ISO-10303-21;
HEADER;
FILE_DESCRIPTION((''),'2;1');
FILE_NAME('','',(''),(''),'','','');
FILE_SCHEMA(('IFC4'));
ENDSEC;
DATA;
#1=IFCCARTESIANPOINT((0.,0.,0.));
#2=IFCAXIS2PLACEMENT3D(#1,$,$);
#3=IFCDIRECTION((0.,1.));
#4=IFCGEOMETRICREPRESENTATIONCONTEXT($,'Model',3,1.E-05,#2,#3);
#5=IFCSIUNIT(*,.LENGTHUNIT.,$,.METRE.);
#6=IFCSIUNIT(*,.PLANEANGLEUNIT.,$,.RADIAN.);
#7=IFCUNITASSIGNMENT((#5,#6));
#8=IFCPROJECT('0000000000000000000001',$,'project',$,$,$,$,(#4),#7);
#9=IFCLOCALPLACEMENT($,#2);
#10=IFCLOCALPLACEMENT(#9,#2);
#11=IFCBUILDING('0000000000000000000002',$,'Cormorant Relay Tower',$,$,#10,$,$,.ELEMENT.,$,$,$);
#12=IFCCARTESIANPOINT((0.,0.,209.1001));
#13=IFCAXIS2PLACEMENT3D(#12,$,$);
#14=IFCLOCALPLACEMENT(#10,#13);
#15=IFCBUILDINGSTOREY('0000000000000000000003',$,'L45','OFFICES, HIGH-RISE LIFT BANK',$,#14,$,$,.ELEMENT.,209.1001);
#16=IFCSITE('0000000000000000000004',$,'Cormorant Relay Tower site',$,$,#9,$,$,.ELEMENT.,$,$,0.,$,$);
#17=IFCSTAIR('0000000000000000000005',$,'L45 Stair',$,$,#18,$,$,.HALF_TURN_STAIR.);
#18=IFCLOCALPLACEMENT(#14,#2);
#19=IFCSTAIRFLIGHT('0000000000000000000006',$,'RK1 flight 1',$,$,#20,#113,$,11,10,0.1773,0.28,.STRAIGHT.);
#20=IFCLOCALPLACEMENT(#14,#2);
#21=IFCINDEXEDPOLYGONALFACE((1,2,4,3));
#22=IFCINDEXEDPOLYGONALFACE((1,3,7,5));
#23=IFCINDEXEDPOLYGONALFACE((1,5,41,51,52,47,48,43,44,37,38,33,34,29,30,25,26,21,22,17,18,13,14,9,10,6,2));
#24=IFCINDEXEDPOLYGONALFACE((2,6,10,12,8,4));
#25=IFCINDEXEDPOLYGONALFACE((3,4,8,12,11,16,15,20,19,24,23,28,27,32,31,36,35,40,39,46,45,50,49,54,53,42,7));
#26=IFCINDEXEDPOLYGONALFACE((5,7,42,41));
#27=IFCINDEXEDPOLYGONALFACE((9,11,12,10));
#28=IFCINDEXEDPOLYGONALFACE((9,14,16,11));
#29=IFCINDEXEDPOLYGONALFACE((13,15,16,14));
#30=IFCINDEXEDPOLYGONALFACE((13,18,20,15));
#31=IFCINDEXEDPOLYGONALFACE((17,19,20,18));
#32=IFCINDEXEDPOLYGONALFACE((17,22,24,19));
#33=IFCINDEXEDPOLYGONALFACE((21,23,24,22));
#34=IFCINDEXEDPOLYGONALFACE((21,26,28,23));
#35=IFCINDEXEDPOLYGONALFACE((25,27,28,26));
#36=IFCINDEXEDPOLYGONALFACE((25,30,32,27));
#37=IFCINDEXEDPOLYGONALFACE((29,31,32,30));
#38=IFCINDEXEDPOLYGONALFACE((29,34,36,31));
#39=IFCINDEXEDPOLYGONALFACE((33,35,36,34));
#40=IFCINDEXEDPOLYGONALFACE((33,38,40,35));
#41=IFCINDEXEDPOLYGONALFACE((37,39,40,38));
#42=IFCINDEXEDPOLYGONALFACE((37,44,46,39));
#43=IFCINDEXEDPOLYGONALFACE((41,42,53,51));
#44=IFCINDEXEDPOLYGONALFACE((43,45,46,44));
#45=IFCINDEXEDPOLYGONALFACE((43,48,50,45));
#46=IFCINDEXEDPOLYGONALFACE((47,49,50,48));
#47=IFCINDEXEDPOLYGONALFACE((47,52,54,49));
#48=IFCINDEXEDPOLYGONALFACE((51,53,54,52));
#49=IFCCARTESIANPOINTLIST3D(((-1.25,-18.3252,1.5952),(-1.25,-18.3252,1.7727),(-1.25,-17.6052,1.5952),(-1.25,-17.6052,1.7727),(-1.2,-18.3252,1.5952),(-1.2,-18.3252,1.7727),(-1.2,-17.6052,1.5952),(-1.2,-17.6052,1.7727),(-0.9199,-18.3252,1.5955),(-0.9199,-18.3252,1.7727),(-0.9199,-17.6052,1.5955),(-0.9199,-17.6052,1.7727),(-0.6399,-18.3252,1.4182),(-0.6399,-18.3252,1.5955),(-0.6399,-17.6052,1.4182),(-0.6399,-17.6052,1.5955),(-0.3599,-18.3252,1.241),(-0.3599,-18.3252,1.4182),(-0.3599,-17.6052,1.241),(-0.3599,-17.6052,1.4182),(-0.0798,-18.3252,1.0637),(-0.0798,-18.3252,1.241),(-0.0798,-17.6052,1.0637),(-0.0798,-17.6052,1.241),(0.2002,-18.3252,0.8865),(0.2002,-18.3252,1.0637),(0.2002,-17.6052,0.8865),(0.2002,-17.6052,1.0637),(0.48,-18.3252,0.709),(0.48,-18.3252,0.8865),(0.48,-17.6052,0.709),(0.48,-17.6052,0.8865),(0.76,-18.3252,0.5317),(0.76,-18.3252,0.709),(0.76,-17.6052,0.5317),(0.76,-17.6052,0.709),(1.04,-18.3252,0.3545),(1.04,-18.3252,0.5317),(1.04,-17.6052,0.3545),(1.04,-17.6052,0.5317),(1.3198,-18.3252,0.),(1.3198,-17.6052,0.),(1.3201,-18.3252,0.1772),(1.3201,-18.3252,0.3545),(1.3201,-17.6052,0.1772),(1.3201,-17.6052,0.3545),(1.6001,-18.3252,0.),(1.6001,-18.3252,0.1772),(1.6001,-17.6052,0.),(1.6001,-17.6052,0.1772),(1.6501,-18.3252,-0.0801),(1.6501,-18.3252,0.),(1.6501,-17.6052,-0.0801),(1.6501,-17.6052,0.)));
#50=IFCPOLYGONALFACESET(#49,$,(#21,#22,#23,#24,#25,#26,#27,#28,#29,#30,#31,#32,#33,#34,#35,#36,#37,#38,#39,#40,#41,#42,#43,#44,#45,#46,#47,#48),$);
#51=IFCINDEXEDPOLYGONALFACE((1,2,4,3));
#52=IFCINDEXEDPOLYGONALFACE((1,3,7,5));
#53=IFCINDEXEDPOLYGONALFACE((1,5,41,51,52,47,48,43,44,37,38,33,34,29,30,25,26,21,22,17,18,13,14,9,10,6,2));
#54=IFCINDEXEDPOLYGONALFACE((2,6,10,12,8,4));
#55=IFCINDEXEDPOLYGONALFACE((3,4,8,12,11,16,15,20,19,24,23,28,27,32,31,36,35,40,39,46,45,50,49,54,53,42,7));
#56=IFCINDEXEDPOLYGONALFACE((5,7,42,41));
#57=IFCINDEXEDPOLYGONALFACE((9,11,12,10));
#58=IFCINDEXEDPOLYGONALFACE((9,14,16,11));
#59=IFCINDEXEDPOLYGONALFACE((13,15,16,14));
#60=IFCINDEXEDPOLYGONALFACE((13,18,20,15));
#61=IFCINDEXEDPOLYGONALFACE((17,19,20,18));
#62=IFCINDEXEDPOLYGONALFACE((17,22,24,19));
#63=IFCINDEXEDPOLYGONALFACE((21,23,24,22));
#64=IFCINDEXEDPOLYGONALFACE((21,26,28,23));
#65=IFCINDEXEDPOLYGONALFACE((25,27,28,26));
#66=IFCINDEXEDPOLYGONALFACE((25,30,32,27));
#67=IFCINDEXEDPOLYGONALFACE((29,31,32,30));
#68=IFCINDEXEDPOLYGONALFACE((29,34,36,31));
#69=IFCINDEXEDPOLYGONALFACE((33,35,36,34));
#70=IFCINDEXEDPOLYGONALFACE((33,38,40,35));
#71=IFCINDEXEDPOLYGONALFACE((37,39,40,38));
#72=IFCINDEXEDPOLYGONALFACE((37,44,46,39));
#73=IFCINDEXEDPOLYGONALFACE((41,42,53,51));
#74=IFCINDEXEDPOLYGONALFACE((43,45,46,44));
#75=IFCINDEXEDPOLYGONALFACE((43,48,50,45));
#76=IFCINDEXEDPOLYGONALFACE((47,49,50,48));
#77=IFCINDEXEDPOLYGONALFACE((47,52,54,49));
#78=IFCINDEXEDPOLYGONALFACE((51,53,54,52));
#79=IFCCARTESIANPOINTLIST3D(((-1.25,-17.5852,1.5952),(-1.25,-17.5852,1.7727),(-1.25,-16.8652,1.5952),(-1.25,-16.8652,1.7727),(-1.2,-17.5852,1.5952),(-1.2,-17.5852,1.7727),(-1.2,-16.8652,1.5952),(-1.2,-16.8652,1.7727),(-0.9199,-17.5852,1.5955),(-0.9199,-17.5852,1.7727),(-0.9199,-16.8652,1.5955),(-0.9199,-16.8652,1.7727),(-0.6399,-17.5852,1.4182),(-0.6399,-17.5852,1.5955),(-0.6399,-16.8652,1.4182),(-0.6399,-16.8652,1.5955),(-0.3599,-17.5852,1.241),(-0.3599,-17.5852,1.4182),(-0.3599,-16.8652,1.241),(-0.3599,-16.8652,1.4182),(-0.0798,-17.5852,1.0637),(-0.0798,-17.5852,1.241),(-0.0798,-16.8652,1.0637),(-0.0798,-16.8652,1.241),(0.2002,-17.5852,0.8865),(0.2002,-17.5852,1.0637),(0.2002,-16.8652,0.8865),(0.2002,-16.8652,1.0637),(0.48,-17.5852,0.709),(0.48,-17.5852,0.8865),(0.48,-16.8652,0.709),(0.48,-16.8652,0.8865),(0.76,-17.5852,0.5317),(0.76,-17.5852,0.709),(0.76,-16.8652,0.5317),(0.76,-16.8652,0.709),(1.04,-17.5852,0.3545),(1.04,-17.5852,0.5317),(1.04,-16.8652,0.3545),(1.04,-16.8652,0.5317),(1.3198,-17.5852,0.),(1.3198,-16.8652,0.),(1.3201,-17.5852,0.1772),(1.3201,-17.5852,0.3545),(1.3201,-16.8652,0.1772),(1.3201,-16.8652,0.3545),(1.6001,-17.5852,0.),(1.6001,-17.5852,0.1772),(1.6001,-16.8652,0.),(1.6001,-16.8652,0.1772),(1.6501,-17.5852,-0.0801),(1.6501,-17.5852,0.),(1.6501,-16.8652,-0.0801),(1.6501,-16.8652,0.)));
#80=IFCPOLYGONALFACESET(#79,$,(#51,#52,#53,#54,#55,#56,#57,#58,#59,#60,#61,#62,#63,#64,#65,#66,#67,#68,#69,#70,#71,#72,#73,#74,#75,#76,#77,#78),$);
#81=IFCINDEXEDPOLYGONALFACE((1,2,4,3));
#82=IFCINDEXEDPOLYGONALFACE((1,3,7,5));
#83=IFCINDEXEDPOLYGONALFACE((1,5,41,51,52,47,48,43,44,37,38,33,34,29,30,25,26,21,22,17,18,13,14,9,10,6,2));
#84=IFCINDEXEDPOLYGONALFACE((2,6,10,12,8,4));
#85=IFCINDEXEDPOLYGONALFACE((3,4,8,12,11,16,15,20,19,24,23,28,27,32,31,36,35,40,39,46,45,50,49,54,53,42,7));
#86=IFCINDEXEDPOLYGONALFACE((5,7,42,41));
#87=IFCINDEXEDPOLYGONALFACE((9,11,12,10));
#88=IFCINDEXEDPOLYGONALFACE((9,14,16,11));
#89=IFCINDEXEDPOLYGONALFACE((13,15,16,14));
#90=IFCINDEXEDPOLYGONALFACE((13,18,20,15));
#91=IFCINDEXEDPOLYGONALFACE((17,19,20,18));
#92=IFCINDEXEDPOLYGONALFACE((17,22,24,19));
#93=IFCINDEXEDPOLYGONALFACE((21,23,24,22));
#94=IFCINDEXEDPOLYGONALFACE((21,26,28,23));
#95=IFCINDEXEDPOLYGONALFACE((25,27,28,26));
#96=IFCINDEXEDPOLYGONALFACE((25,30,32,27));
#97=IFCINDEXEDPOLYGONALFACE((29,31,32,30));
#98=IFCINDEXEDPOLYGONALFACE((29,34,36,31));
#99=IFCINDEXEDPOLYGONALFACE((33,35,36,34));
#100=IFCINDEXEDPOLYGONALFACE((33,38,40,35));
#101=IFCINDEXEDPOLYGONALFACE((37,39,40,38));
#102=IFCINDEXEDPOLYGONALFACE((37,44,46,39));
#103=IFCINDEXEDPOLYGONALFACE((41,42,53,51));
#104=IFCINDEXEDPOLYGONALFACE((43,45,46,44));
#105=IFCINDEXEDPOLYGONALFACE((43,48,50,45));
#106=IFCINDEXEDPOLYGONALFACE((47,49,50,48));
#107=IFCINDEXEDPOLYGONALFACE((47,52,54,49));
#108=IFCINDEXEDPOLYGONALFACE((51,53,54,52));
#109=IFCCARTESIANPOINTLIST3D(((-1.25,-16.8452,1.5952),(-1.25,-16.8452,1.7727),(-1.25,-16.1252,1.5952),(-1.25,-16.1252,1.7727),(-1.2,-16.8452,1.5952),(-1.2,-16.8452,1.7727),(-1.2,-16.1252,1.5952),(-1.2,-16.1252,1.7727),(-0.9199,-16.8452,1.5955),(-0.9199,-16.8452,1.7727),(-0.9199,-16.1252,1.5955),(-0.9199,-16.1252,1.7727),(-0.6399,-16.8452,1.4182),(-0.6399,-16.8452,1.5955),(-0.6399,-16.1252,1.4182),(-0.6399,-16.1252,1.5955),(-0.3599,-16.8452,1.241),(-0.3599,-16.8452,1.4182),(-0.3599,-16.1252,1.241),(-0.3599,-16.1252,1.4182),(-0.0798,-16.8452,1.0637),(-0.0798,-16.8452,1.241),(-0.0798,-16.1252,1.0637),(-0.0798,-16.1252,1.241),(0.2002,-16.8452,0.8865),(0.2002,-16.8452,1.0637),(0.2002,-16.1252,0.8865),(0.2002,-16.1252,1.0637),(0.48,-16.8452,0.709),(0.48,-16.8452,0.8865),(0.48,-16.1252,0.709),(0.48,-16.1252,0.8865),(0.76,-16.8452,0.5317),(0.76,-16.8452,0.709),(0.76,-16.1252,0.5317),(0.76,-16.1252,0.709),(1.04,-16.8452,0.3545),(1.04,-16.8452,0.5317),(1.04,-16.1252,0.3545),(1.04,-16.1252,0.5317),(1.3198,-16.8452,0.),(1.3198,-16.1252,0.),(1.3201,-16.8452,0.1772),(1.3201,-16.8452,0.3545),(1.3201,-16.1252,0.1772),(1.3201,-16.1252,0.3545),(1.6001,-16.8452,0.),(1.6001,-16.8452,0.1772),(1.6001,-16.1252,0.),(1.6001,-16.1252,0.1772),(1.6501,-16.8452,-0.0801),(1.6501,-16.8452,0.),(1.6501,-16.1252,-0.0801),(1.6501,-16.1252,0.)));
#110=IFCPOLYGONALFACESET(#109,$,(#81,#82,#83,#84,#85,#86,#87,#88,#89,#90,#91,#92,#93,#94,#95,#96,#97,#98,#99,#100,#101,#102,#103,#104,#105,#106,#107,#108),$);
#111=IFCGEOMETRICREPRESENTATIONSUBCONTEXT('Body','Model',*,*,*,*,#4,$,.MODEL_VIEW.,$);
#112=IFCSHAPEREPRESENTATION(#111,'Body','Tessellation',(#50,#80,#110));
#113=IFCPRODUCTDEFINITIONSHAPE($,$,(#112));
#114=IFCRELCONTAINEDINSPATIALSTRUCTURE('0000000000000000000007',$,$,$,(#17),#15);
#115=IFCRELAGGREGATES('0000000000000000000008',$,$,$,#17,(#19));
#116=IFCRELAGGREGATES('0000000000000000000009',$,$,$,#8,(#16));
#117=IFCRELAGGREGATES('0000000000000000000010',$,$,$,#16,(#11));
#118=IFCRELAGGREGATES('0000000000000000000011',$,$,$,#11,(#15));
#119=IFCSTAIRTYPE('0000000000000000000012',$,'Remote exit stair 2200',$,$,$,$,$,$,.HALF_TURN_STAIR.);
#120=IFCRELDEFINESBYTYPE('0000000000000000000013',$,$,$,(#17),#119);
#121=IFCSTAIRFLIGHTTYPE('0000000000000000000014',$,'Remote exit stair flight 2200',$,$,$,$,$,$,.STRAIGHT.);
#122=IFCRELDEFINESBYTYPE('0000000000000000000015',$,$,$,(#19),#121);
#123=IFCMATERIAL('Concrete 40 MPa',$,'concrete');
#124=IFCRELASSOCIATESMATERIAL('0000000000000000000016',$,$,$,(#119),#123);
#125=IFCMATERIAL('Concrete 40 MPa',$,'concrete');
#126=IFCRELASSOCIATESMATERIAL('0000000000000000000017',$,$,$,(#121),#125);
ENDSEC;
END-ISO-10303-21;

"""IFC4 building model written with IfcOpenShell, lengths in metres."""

from ifc_helpers import new_model, si_unit, direction, frame, origin, place, context, subcontext, project, spatial, polyline, outline, extrude, material, type_object, element, aggregate, save


model = new_model("IFC4")

# Units and contexts
model_context = context("Model", 3, precision=1e-05, world=origin(), true_north=direction((0.0, 1.0)))
body_context = subcontext(model_context, "Body", "Model", "MODEL_VIEW")
ifc_project = project(units=[si_unit("LENGTHUNIT", "METRE"), si_unit("PLANEANGLEUNIT", "RADIAN")], contexts=[model_context])

# Site, building, storey
site_placement = place(None, origin())
site = spatial("IfcSite", under=ifc_project, at=site_placement, Name="Cormorant Relay Tower site", CompositionType="ELEMENT", RefElevation=0.0)
building_placement = place(site_placement, origin())
building = spatial("IfcBuilding", under=site, at=building_placement, Name="Cormorant Relay Tower", CompositionType="ELEMENT")
storey_placement = place(building_placement, frame((0.0, 0.0, 209.1001)))
storey = spatial("IfcBuildingStorey", under=building, at=storey_placement, Name="L45", Description="OFFICES, HIGH-RISE LIFT BANK", CompositionType="ELEMENT", Elevation=209.1001)

# Stair, stair flight
ifc_material_1 = material(Name="Concrete 40 MPa", Category="concrete")
stair_type = type_object("IfcStairType", Name="Remote exit stair 2200", PredefinedType="HALF_TURN_STAIR", material=ifc_material_1)
stair_placement = place(storey_placement, origin())
stair = element("IfcStair", 1, at=stair_placement, inside=storey, type_object=stair_type, Name="L45 Stair", PredefinedType="HALF_TURN_STAIR")
ifc_material_2 = material(Name="Concrete 40 MPa", Category="concrete")
stair_flight_type = type_object("IfcStairFlightType", Name="Remote exit stair flight 2200", PredefinedType="STRAIGHT", material=ifc_material_2)
stair_flight_1_placement = place(storey_placement, frame((1.6001, -17.2251, 0.0), z_axis=(0.0, 0.0, 1.0), x_axis=(-1.0, 0.0, 0.0)))
stair_flight_1 = element("IfcStairFlight", 2, at=stair_flight_1_placement, type_object=stair_flight_type, Name="RK1 flight 1", NumberOfRisers=11, NumberOfTreads=10, PredefinedType="STRAIGHT", RiserHeight=0.1773, TreadLength=0.28, context=body_context, shape_type="SweptSolid", body=[
    extrude(outline(polyline([(-0.05, -0.0801), (-0.05, 0.0), (0.0, 0.0), (0.0, 0.1772), (0.28, 0.1772), (0.28, 0.3545), (0.5601, 0.3545), (0.5601, 0.5317), (0.8401, 0.5317), (0.8401, 0.709), (1.1201, 0.709), (1.1201, 0.8865), (1.3999, 0.8865), (1.3999, 1.0637), (1.6799, 1.0637), (1.6799, 1.241), (1.96, 1.241), (1.96, 1.4182), (2.24, 1.4182), (2.24, 1.5955), (2.52, 1.5955), (2.52, 1.7727), (2.8, 1.7727), (2.8501, 1.7727), (2.8501, 1.5952), (2.8, 1.5952), (0.2803, 0.0), (-0.05, -0.0801)])), frame((0.0, 1.1001, 0.0), z_axis=(0.0, -1.0, 0.0), x_axis=(1.0, 0.0, 0.0)), (0.0, 0.0, 1.0), 0.72),
    extrude(outline(polyline([(-0.05, -0.0801), (-0.05, 0.0), (0.0, 0.0), (0.0, 0.1772), (0.28, 0.1772), (0.28, 0.3545), (0.5601, 0.3545), (0.5601, 0.5317), (0.8401, 0.5317), (0.8401, 0.709), (1.1201, 0.709), (1.1201, 0.8865), (1.3999, 0.8865), (1.3999, 1.0637), (1.6799, 1.0637), (1.6799, 1.241), (1.96, 1.241), (1.96, 1.4182), (2.24, 1.4182), (2.24, 1.5955), (2.52, 1.5955), (2.52, 1.7727), (2.8, 1.7727), (2.8501, 1.7727), (2.8501, 1.5952), (2.8, 1.5952), (0.2803, 0.0), (-0.05, -0.0801)])), frame((0.0, 0.3601, 0.0), z_axis=(0.0, -1.0, 0.0), x_axis=(1.0, 0.0, 0.0)), (0.0, 0.0, 1.0), 0.72),
    extrude(outline(polyline([(-0.05, -0.0801), (-0.05, 0.0), (0.0, 0.0), (0.0, 0.1772), (0.28, 0.1772), (0.28, 0.3545), (0.5601, 0.3545), (0.5601, 0.5317), (0.8401, 0.5317), (0.8401, 0.709), (1.1201, 0.709), (1.1201, 0.8865), (1.3999, 0.8865), (1.3999, 1.0637), (1.6799, 1.0637), (1.6799, 1.241), (1.96, 1.241), (1.96, 1.4182), (2.24, 1.4182), (2.24, 1.5955), (2.52, 1.5955), (2.52, 1.7727), (2.8, 1.7727), (2.8501, 1.7727), (2.8501, 1.5952), (2.8, 1.5952), (0.2803, 0.0), (-0.05, -0.0801)])), frame((0.0, -0.3799, 0.0), z_axis=(0.0, -1.0, 0.0), x_axis=(1.0, 0.0, 0.0)), (0.0, 0.0, 1.0), 0.72),
])
aggregate(stair, [stair_flight_1])

save(model, "model.ifc")
